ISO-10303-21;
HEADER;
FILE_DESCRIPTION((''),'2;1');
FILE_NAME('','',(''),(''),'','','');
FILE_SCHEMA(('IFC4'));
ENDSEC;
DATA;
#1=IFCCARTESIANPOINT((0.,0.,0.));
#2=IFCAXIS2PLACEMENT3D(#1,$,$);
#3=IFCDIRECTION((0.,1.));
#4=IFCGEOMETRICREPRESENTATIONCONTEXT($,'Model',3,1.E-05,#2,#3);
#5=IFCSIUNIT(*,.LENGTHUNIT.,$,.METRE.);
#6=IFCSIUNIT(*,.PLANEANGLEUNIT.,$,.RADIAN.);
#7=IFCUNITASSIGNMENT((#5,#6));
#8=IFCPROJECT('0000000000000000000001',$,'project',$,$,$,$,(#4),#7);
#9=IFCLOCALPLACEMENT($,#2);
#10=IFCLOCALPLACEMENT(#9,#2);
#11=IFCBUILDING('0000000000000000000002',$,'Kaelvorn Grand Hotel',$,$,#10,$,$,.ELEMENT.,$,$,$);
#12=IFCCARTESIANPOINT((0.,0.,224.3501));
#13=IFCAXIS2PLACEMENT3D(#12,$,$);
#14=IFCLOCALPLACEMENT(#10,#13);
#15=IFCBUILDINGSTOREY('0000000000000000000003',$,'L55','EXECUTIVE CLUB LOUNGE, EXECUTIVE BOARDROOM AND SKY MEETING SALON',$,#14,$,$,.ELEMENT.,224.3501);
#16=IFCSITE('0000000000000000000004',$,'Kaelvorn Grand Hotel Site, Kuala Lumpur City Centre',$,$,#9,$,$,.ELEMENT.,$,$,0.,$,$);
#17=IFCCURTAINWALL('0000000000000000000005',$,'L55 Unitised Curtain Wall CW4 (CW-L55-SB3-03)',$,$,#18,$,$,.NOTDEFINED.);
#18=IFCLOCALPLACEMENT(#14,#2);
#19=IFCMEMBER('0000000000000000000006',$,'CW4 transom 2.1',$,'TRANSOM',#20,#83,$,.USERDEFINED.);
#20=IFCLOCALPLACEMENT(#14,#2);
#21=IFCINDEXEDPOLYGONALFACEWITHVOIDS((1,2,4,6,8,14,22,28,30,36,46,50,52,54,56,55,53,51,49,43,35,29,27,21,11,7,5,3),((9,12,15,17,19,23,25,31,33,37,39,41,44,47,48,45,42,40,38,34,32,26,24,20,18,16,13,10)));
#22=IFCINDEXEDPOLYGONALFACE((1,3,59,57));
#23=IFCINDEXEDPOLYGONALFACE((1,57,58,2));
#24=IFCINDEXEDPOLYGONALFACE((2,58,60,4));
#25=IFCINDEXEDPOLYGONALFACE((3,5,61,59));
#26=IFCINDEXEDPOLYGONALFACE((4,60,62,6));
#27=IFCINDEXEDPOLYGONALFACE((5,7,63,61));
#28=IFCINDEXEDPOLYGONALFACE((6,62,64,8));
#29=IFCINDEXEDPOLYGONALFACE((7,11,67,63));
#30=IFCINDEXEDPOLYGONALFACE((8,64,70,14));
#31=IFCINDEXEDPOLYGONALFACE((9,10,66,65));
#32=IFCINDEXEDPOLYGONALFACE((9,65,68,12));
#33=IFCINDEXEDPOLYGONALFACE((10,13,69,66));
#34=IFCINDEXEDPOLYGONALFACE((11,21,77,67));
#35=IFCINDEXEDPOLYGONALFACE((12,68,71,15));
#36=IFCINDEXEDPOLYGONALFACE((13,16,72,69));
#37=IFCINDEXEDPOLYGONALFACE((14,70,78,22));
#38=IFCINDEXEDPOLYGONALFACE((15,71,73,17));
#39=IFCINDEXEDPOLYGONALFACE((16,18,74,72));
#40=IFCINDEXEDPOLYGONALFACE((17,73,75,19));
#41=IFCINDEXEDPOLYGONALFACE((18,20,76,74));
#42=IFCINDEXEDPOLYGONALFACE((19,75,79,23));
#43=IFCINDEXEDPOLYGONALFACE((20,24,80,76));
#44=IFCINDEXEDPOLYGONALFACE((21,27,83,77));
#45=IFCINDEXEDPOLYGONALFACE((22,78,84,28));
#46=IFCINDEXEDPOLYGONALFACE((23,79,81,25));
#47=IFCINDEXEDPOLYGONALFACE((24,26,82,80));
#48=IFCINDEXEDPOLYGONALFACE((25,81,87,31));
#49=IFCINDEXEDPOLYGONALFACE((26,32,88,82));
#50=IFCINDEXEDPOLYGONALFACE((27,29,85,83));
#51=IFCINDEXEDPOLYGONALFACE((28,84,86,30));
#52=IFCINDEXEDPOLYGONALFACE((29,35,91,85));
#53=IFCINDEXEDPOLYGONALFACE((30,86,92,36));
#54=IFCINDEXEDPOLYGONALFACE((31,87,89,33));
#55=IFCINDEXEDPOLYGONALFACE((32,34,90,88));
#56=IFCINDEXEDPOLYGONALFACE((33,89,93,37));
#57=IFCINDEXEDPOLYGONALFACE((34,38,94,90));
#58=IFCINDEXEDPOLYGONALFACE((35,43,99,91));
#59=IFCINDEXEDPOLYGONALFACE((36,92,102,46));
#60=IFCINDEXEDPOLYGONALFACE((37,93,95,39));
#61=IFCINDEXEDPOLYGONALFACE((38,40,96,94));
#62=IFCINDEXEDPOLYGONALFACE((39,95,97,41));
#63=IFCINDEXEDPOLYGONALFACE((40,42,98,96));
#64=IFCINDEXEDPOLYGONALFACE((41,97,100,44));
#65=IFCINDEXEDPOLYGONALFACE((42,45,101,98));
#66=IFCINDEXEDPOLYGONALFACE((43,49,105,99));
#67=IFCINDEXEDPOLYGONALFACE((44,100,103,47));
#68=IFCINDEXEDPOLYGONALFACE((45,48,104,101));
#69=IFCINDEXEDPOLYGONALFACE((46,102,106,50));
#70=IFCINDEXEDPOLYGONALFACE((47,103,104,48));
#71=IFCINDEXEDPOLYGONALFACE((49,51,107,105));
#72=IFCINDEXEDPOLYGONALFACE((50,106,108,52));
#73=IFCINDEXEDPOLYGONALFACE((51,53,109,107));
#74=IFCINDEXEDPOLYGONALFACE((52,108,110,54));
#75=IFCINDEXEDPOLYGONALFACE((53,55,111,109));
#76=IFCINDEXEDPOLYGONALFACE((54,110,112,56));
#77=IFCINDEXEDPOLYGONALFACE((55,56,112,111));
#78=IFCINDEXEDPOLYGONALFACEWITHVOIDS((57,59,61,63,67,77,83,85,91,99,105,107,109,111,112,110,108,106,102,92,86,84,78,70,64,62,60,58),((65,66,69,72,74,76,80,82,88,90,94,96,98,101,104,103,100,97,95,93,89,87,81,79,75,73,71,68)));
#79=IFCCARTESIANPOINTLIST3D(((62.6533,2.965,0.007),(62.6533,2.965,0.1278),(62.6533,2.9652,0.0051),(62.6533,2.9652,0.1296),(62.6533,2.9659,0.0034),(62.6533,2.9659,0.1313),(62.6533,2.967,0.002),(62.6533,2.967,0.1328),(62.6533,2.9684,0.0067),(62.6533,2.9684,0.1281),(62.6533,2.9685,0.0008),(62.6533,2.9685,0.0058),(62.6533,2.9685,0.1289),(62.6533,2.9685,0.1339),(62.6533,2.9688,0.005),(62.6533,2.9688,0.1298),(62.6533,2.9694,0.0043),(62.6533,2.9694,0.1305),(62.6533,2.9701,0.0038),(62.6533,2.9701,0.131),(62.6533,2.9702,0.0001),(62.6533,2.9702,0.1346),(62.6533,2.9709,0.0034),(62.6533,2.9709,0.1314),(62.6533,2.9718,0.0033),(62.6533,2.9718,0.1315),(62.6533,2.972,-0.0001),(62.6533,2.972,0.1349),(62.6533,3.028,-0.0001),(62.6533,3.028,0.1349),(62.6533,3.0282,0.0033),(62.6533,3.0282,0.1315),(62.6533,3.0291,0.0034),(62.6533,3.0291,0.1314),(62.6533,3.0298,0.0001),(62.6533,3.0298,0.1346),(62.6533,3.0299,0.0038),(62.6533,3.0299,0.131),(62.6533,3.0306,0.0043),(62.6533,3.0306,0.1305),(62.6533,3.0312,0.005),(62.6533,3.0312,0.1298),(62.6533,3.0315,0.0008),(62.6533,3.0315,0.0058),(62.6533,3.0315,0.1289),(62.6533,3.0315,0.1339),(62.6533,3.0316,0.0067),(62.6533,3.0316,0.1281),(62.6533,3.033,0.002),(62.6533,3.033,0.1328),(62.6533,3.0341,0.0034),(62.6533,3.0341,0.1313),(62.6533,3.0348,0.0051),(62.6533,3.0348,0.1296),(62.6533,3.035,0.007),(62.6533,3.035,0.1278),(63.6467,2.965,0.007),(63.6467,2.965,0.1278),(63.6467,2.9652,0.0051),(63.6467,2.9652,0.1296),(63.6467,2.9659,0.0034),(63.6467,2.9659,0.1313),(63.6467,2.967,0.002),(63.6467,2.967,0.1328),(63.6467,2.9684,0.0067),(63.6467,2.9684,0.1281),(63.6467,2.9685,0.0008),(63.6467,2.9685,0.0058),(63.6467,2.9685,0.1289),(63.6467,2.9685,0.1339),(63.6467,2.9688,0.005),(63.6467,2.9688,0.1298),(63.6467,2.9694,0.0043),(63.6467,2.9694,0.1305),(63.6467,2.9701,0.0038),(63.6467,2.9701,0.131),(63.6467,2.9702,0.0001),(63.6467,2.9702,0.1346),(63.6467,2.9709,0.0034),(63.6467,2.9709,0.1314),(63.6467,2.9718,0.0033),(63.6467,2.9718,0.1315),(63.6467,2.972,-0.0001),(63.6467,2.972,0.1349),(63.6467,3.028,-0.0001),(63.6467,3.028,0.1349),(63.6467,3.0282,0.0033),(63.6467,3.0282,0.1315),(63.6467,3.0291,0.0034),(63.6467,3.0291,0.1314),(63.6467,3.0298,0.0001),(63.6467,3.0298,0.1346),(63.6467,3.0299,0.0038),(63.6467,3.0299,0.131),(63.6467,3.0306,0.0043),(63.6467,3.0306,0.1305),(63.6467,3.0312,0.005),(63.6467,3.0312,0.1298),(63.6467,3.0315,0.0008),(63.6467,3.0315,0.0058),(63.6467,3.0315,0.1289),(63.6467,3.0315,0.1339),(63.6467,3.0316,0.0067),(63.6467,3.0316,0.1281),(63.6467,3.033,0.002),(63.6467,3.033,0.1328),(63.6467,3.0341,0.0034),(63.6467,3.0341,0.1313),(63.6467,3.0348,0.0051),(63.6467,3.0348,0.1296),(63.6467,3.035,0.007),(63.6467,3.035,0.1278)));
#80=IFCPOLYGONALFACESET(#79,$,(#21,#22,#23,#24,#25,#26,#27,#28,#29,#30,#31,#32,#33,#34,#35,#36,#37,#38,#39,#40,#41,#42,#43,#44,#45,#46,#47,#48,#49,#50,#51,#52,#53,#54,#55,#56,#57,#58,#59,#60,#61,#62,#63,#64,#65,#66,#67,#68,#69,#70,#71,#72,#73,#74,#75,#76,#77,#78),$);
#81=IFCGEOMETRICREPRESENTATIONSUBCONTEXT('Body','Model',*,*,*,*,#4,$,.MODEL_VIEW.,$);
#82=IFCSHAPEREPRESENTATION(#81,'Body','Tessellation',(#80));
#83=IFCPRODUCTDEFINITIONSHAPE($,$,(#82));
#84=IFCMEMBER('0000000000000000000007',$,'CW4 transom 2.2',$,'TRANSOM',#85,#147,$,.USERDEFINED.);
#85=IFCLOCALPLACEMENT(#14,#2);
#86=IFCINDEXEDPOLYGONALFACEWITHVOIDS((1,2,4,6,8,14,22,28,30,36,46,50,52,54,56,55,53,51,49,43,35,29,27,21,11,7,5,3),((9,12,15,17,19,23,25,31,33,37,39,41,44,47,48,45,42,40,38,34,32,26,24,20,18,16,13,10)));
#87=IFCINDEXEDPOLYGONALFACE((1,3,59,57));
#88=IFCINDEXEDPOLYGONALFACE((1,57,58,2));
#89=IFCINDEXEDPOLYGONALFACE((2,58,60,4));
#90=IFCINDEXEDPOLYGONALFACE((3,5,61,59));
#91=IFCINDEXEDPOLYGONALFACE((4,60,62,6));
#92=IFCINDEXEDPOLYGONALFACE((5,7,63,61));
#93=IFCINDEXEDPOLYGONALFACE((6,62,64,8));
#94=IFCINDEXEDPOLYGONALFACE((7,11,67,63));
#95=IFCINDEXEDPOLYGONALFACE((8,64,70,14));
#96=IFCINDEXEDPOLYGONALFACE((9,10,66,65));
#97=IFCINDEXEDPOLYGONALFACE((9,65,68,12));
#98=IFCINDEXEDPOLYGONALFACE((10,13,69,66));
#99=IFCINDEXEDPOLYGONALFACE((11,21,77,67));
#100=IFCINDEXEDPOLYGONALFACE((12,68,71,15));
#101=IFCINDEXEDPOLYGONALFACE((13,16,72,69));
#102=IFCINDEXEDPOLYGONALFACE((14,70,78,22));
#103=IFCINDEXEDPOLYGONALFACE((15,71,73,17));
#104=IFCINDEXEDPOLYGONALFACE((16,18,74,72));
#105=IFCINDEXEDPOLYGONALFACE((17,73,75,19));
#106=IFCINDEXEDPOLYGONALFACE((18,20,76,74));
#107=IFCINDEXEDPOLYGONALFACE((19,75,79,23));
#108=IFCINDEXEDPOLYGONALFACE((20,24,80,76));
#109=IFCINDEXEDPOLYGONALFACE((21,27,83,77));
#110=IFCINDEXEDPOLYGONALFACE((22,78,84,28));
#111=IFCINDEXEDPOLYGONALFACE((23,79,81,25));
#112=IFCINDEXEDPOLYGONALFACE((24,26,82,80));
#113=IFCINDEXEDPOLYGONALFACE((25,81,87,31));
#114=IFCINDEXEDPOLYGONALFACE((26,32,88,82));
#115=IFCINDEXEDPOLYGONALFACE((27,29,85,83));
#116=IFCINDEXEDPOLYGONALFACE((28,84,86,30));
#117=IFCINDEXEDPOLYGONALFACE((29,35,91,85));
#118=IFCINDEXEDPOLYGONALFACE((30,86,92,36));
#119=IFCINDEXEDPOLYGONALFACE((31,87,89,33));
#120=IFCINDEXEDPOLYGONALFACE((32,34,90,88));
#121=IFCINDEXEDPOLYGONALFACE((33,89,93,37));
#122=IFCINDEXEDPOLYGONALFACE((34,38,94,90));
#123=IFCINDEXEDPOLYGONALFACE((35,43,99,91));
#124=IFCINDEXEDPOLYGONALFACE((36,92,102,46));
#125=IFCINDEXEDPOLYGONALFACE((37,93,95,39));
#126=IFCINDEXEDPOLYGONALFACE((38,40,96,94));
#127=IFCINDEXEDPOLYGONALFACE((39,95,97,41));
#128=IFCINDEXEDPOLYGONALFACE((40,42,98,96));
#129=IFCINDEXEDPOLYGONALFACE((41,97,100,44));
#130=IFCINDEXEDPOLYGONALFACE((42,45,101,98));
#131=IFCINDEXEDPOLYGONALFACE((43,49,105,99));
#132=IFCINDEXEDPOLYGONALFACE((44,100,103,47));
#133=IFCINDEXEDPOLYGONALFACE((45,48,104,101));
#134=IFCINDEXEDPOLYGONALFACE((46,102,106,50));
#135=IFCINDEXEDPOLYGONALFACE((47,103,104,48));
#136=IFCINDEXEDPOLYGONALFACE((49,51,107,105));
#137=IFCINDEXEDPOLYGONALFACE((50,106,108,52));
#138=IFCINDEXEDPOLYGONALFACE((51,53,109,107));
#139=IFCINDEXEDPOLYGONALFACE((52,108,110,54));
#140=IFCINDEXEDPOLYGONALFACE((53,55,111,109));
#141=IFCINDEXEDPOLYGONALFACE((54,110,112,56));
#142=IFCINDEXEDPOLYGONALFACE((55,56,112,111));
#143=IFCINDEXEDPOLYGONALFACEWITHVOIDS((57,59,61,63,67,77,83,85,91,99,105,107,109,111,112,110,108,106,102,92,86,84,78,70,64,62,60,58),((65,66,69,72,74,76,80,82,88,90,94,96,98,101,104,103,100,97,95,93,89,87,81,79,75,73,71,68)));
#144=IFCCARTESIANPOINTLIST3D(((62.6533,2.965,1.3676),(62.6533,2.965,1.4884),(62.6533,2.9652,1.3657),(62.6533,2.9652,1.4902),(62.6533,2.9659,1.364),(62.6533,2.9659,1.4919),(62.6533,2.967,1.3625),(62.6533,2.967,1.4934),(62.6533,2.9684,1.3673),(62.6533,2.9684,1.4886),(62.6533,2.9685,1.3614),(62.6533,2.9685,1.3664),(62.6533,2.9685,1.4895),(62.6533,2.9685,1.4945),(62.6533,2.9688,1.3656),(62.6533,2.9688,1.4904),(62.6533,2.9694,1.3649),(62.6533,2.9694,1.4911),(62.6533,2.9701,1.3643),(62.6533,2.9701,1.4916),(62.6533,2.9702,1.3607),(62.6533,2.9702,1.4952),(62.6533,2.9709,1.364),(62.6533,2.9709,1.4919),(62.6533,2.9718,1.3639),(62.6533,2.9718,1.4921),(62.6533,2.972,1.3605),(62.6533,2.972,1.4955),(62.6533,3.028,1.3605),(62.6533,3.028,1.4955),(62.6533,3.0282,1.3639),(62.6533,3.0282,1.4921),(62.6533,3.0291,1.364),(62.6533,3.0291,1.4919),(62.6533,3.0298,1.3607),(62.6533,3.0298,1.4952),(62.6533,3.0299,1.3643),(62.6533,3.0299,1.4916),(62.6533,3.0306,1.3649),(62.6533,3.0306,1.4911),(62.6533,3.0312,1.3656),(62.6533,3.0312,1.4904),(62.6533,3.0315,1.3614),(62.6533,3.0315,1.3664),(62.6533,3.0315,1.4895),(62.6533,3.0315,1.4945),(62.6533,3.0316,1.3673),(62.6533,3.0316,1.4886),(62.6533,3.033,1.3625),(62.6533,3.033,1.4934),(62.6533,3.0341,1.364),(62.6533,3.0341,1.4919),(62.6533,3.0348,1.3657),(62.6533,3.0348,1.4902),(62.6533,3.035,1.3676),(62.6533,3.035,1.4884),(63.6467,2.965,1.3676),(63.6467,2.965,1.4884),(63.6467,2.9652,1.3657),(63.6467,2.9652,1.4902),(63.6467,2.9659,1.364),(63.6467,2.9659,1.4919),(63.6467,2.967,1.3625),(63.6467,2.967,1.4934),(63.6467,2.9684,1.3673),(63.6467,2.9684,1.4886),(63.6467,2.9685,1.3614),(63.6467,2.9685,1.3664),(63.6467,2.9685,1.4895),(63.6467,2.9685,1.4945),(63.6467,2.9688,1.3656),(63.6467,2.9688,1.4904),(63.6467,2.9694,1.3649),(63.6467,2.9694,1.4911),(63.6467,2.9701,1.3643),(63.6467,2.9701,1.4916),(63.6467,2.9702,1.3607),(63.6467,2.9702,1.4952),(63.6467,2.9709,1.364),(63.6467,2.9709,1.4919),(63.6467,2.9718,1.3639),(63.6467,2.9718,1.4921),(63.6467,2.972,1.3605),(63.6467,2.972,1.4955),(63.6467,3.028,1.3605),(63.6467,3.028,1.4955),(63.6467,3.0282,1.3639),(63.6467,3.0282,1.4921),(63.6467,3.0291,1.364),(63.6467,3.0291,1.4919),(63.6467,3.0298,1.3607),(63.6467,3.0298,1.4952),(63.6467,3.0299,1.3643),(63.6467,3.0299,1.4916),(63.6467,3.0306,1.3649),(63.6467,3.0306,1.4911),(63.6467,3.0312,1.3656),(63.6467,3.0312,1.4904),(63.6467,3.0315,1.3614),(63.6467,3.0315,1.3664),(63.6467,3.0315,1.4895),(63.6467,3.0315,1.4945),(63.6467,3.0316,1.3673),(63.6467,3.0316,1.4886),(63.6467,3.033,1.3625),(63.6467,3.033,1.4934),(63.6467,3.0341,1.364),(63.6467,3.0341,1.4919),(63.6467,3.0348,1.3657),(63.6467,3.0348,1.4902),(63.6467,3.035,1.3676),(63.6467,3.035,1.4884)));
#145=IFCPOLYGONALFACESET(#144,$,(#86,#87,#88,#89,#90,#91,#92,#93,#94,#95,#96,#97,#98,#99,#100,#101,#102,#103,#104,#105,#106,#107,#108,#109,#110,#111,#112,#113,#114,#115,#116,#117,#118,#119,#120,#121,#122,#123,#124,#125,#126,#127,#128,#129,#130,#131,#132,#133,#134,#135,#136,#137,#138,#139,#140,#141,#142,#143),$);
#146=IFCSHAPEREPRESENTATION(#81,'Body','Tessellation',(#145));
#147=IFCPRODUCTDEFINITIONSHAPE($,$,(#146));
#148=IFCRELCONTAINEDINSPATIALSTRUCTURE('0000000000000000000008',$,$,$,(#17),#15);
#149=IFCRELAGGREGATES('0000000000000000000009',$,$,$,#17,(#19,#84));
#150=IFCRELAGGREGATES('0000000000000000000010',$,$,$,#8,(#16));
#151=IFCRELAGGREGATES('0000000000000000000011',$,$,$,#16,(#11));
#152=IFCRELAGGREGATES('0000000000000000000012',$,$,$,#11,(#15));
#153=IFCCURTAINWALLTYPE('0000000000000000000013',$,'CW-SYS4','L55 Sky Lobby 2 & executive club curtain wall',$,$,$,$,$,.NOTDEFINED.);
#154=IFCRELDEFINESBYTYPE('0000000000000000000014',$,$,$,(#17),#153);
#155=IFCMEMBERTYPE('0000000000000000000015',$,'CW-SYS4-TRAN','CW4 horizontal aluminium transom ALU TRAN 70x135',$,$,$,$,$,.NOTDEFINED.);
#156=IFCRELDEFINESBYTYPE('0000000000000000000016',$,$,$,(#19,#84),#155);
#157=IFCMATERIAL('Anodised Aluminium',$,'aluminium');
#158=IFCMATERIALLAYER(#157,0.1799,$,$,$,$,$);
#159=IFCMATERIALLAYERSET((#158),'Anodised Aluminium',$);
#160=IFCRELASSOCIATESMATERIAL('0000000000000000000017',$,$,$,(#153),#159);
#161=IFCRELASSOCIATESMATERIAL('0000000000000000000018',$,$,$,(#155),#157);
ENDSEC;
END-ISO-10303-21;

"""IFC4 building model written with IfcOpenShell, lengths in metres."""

from ifc_helpers import new_model, si_unit, direction, frame, origin, origin_2d, place, context, subcontext, project, spatial, hollow_rectangle, extrude, material, layer, layer_set, material_profile, profile_set, type_object, element, aggregate, save


model = new_model("IFC4")

# Units and contexts
model_context = context("Model", 3, precision=1e-05, world=origin(), true_north=direction((0.0, 1.0)))
body_context = subcontext(model_context, "Body", "Model", "MODEL_VIEW")
ifc_project = project(units=[si_unit("LENGTHUNIT", "METRE"), si_unit("PLANEANGLEUNIT", "RADIAN")], contexts=[model_context])

# Site, building, storey
site_placement = place(None, origin())
site = spatial("IfcSite", under=ifc_project, at=site_placement, Name="Kaelvorn Grand Hotel Site, Kuala Lumpur City Centre", CompositionType="ELEMENT", RefElevation=0.0)
building_placement = place(site_placement, origin())
building = spatial("IfcBuilding", under=site, at=building_placement, Name="Kaelvorn Grand Hotel", CompositionType="ELEMENT")
storey_placement = place(building_placement, frame((0.0, 0.0, 224.3501)))
storey = spatial("IfcBuildingStorey", under=building, at=storey_placement, Name="L55", Description="EXECUTIVE CLUB LOUNGE, EXECUTIVE BOARDROOM AND SKY MEETING SALON", CompositionType="ELEMENT", Elevation=224.3501)

# Shared definitions
ifc_material_1 = material(Name="Anodised Aluminium", Category="aluminium")
ifc_layer_1 = layer(ifc_material_1, 0.1799)
ifc_layer_set_1 = layer_set([ifc_layer_1], Name="Anodised Aluminium")
curtain_wall_type = type_object("IfcCurtainWallType", Name="CW-SYS4", Description="L55 Sky Lobby 2 & executive club curtain wall", PredefinedType="NOTDEFINED", material=ifc_layer_set_1)

# Curtain wall, members
curtain_wall_1_placement = place(storey_placement, origin())
curtain_wall_1 = element("IfcCurtainWall", 1, at=curtain_wall_1_placement, inside=storey, type_object=curtain_wall_type, Name="L55 Unitised Curtain Wall CW4 (CW-L55-SB3-03)", PredefinedType="NOTDEFINED")
ifc_material_profile_1 = material_profile(ifc_material_1, hollow_rectangle(XDim=0.0701, YDim=0.135, WallThickness=0.0034, InnerFilletRadius=0.0034, OuterFilletRadius=0.0071, at=origin_2d()), Name="ALU TRAN 70x135")
ifc_profile_set_1 = profile_set([ifc_material_profile_1], Name="Anodised Aluminium")
member_type_1 = type_object("IfcMemberType", Name="CW-SYS4-TRAN", Description="CW4 horizontal aluminium transom ALU TRAN 70x135", PredefinedType="NOTDEFINED", material=ifc_profile_set_1)
member_1_placement = place(storey_placement, frame((62.6533, 3.0, 0.0674), z_axis=(1.0, 0.0, 0.0), x_axis=(0.0, 1.0, 0.0)))
member_1 = element("IfcMember", 2, at=member_1_placement, type_object=member_type_1, Name="CW4 transom 2.1", ObjectType="TRANSOM", PredefinedType="USERDEFINED", context=body_context, shape_type="SweptSolid", body=[
    extrude(hollow_rectangle(XDim=0.0701, YDim=0.135, WallThickness=0.0034, InnerFilletRadius=0.0034, OuterFilletRadius=0.0071, at=origin_2d()), origin(), (0.0, 0.0, 1.0), 0.9934),
])
member_2_placement = place(storey_placement, frame((62.6533, 3.0, 1.428), z_axis=(1.0, 0.0, 0.0), x_axis=(0.0, 1.0, 0.0)))
member_2 = element("IfcMember", 3, at=member_2_placement, type_object=member_type_1, Name="CW4 transom 2.2", ObjectType="TRANSOM", PredefinedType="USERDEFINED", context=body_context, shape_type="SweptSolid", body=[
    extrude(hollow_rectangle(XDim=0.0701, YDim=0.135, WallThickness=0.0034, InnerFilletRadius=0.0034, OuterFilletRadius=0.0071, at=origin_2d()), origin(), (0.0, 0.0, 1.0), 0.9934),
])

aggregate(curtain_wall_1, [member_1, member_2])

save(model, "model.ifc")
